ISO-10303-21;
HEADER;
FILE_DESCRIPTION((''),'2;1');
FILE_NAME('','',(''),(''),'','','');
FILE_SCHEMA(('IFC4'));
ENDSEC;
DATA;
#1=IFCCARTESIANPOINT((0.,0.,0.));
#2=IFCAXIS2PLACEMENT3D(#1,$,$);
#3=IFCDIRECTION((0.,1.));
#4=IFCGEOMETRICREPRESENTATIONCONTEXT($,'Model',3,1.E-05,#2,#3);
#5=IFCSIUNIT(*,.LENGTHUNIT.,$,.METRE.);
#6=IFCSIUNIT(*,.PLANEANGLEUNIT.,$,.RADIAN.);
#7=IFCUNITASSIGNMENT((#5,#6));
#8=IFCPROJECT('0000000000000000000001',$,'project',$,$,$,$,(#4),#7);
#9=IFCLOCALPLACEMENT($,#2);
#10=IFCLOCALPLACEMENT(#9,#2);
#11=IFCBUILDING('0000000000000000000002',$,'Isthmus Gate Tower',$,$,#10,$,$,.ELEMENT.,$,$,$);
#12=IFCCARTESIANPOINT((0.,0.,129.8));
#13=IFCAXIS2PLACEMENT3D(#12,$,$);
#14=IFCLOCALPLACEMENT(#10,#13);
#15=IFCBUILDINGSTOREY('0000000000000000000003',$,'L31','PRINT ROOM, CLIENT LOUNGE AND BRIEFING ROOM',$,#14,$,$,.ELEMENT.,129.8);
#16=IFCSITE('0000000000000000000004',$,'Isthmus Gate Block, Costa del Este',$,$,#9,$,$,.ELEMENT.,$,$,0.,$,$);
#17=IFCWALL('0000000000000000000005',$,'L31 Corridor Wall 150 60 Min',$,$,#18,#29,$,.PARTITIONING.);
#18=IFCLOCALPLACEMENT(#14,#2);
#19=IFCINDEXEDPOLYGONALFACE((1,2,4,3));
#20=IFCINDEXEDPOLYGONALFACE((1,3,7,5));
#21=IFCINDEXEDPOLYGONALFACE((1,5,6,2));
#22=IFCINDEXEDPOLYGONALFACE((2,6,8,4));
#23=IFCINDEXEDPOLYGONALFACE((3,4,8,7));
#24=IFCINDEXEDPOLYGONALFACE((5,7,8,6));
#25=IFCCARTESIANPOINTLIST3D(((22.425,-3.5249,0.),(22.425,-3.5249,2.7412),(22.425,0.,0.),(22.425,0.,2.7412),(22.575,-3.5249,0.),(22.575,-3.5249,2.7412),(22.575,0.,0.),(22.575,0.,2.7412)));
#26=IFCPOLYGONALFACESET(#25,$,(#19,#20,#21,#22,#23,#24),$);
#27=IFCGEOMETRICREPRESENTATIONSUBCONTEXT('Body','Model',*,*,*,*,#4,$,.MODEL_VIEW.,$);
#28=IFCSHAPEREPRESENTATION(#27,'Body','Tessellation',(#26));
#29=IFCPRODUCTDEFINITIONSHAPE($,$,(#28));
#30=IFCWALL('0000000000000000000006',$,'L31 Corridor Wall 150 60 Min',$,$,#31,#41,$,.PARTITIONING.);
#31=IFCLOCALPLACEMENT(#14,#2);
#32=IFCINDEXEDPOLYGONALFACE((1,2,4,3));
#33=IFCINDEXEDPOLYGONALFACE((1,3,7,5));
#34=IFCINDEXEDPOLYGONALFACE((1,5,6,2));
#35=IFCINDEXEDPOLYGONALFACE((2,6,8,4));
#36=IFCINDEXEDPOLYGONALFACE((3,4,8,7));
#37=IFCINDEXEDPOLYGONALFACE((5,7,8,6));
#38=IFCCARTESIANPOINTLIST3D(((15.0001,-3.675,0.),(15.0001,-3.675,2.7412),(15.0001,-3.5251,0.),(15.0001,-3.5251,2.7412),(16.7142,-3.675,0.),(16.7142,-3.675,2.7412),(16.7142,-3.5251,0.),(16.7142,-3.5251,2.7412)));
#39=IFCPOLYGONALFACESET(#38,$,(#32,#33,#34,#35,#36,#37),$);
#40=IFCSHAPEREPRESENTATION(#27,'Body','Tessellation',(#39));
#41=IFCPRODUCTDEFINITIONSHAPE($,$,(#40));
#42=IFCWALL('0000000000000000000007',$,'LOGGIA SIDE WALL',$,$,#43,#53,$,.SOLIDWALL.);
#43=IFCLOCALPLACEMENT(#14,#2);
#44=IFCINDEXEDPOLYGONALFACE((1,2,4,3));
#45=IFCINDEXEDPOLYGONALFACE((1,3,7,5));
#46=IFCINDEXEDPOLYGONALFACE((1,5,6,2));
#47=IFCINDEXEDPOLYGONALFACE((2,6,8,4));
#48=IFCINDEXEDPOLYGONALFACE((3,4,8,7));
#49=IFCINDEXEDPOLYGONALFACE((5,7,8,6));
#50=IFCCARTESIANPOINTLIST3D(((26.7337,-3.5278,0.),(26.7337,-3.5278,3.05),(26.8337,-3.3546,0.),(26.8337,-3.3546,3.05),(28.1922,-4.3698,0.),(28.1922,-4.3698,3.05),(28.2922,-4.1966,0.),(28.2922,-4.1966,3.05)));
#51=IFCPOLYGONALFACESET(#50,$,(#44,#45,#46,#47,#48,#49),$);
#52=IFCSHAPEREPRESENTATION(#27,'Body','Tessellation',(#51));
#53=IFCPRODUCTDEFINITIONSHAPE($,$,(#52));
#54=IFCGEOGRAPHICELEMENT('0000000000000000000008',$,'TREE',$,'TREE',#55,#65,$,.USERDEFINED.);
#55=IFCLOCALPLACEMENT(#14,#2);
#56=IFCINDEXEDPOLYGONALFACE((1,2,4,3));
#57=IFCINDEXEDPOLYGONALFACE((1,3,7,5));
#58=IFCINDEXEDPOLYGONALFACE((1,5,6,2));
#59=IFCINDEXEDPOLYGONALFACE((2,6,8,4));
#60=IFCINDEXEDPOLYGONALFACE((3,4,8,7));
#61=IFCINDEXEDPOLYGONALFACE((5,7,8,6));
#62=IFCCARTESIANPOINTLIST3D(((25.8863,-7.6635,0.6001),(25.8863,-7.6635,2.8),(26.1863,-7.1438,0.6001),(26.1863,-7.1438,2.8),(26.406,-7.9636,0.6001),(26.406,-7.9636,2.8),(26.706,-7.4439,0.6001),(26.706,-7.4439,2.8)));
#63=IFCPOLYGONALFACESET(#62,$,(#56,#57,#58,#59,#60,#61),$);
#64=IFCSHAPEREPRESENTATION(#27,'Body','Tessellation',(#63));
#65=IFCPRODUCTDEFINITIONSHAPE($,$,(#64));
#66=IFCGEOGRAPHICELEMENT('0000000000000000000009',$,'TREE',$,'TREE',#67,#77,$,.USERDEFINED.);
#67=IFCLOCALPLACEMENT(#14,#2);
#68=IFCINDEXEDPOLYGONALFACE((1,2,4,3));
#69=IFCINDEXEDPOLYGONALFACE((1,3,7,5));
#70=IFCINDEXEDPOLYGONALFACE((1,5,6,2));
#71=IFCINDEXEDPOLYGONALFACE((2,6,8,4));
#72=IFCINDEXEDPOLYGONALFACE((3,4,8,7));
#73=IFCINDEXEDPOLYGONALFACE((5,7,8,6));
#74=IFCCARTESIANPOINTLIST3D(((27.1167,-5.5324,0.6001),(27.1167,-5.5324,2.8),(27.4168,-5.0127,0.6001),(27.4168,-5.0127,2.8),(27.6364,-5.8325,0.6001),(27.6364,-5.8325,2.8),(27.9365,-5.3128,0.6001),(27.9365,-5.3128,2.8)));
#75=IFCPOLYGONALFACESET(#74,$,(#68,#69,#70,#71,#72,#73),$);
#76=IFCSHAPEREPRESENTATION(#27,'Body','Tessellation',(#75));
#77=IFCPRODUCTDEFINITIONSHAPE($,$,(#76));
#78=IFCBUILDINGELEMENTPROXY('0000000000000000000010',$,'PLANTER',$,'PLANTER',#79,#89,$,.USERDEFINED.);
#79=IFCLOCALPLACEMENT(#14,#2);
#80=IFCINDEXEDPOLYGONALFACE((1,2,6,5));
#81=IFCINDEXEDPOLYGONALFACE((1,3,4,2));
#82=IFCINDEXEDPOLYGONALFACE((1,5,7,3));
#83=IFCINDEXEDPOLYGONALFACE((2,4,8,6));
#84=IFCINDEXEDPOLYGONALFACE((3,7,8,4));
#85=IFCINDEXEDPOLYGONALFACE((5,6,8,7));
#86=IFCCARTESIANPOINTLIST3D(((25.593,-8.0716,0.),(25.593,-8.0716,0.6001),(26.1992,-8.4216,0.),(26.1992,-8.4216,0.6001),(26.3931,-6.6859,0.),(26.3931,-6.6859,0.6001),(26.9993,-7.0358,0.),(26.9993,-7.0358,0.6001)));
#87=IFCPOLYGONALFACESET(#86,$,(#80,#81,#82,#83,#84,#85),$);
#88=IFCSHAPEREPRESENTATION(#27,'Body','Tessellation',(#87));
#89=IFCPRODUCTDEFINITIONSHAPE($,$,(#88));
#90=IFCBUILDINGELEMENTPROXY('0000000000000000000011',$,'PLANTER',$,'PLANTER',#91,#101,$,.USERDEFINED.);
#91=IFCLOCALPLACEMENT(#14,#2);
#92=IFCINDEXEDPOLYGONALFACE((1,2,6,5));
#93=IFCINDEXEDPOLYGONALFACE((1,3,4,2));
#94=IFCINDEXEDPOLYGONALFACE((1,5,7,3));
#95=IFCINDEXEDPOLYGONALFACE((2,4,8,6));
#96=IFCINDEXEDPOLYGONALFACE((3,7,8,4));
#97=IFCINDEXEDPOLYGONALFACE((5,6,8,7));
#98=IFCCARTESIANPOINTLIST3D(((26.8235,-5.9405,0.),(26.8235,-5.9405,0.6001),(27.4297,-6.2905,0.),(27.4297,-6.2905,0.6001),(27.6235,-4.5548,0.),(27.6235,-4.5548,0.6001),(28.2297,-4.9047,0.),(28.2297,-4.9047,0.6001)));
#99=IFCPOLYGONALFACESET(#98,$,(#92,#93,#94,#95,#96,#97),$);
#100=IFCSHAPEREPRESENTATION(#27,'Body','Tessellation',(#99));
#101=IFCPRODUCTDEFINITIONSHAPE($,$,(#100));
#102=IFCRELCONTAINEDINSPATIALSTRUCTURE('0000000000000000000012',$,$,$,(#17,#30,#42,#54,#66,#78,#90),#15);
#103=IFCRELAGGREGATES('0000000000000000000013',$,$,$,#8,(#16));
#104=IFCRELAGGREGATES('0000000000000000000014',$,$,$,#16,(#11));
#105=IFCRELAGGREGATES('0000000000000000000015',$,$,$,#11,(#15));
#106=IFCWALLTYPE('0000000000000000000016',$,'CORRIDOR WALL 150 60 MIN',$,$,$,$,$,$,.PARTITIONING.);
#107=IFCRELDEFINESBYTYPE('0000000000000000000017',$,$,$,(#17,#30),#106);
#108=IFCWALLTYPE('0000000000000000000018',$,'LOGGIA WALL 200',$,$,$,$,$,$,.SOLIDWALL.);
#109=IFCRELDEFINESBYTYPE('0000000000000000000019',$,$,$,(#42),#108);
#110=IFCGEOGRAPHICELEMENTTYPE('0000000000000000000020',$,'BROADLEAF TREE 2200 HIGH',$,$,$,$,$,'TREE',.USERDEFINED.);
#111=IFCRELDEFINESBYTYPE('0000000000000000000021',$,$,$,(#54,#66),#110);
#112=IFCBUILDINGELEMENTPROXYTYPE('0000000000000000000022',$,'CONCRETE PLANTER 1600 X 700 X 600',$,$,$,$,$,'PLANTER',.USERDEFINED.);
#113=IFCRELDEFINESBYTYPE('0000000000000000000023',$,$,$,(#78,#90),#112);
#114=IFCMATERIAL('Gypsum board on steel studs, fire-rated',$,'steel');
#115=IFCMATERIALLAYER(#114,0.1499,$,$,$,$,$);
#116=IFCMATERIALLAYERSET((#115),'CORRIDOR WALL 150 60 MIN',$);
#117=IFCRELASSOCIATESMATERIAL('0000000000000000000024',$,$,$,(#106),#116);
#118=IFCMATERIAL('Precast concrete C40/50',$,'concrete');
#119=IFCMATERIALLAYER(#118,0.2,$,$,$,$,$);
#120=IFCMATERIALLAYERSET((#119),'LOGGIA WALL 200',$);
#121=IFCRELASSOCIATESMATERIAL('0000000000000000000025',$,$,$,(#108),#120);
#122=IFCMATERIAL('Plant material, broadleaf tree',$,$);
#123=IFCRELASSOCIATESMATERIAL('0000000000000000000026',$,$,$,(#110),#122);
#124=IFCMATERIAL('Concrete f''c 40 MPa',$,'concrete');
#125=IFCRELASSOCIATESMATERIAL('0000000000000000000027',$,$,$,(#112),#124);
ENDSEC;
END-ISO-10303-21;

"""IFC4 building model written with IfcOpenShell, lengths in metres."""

from ifc_helpers import new_model, si_unit, direction, frame, frame_2d, origin, origin_2d, place, context, subcontext, project, spatial, rectangle, extrude, material, layer, layer_set, type_object, element, save


model = new_model("IFC4")

# Units and contexts
model_context = context("Model", 3, precision=1e-05, world=origin(), true_north=direction((0.0, 1.0)))
body_context = subcontext(model_context, "Body", "Model", "MODEL_VIEW")
ifc_project = project(units=[si_unit("LENGTHUNIT", "METRE"), si_unit("PLANEANGLEUNIT", "RADIAN")], contexts=[model_context])

# Site, building, storey
site_placement = place(None, origin())
site = spatial("IfcSite", under=ifc_project, at=site_placement, Name="Isthmus Gate Block, Costa del Este", CompositionType="ELEMENT", RefElevation=0.0)
building_placement = place(site_placement, origin())
building = spatial("IfcBuilding", under=site, at=building_placement, Name="Isthmus Gate Tower", CompositionType="ELEMENT")
storey_placement = place(building_placement, frame((0.0, 0.0, 129.8)))
storey = spatial("IfcBuildingStorey", under=building, at=storey_placement, Name="L31", Description="PRINT ROOM, CLIENT LOUNGE AND BRIEFING ROOM", CompositionType="ELEMENT", Elevation=129.8)

# Shared definitions
ifc_material_1 = material(Name="Gypsum board on steel studs, fire-rated", Category="steel")
ifc_layer_1 = layer(ifc_material_1, 0.1499)
ifc_layer_set_1 = layer_set([ifc_layer_1], Name="CORRIDOR WALL 150 60 MIN")
wall_type_1 = type_object("IfcWallType", Name="CORRIDOR WALL 150 60 MIN", PredefinedType="PARTITIONING", material=ifc_layer_set_1)

# Walls
wall_1_placement = place(storey_placement, frame((22.5, 0.0, 0.0), z_axis=(0.0, 0.0, 1.0), x_axis=(0.0, -1.0, 0.0)))
element("IfcWall", 1, at=wall_1_placement, inside=storey, type_object=wall_type_1, Name="L31 Corridor Wall 150 60 Min", PredefinedType="PARTITIONING", context=body_context, shape_type="SweptSolid", body=[
    extrude(rectangle(XDim=3.5249, YDim=0.1499, at=frame_2d((1.7625, 0.0))), origin(), (0.0, 0.0, 1.0), 2.7412),
])
wall_2_placement = place(storey_placement, frame((16.7141, -3.6001, 0.0), z_axis=(0.0, 0.0, 1.0), x_axis=(-1.0, 0.0, 0.0)))
element("IfcWall", 2, at=wall_2_placement, inside=storey, type_object=wall_type_1, Name="L31 Corridor Wall 150 60 Min", PredefinedType="PARTITIONING", context=body_context, shape_type="SweptSolid", body=[
    extrude(rectangle(XDim=1.7141, YDim=0.1499, at=frame_2d((0.8569, 0.0))), origin(), (0.0, 0.0, 1.0), 2.7412),
])

# Shared definitions
ifc_material_2 = material(Name="Precast concrete C40/50", Category="concrete")
ifc_layer_2 = layer(ifc_material_2, 0.2)
ifc_layer_set_2 = layer_set([ifc_layer_2], Name="LOGGIA WALL 200")
wall_type_2 = type_object("IfcWallType", Name="LOGGIA WALL 200", PredefinedType="SOLIDWALL", material=ifc_layer_set_2)

# Wall
wall_3_placement = place(storey_placement, frame((28.2422, -4.2832, 0.0), z_axis=(0.0, 0.0, 1.0), x_axis=(-0.866031, 0.49999, 0.0)))
element("IfcWall", 3, at=wall_3_placement, inside=storey, type_object=wall_type_2, Name="LOGGIA SIDE WALL", PredefinedType="SOLIDWALL", context=body_context, shape_type="SweptSolid", body=[
    extrude(rectangle(XDim=1.6841, YDim=0.2, at=frame_2d((0.842, 0.0))), origin(), (0.0, 0.0, 1.0), 3.05),
])

# Geographic elements
ifc_material_3 = material(Name="Plant material, broadleaf tree")
geographic_element_type = type_object("IfcGeographicElementType", Name="BROADLEAF TREE 2200 HIGH", ElementType="TREE", PredefinedType="USERDEFINED", material=ifc_material_3)
for number, where, z_axis, x_axis, name in (
    (4, (26.2961, -7.5537, 0.6001), (0.0, 0.0, 1.0), (0.5, 0.866025, 0.0), "TREE"),
    (5, (27.5266, -5.4226, 0.6001), (0.0, 0.0, 1.0), (0.5, 0.866025, 0.0), "TREE"),
):
    element("IfcGeographicElement", number, at=place(storey_placement, frame(where, z_axis=z_axis, x_axis=x_axis)), inside=storey, type_object=geographic_element_type, Name=name, ObjectType="TREE", PredefinedType="USERDEFINED", context=body_context, shape_type="SweptSolid", body=[
        extrude(rectangle(XDim=0.6001, YDim=0.6001, at=origin_2d()), origin(), (0.0, 0.0, 1.0), 2.2),
    ])

# Building element proxies
ifc_material_4 = material(Name="Concrete f'c 40 MPa", Category="concrete")
building_element_proxy_type = type_object("IfcBuildingElementProxyType", Name="CONCRETE PLANTER 1600 X 700 X 600", ElementType="PLANTER", PredefinedType="USERDEFINED", material=ifc_material_4)
for number, where, z_axis, x_axis, name in (
    (6, (26.2961, -7.5537, 0.0), (0.0, 0.0, 1.0), (0.5, 0.866025, 0.0), "PLANTER"),
    (7, (27.5266, -5.4226, 0.0), (0.0, 0.0, 1.0), (0.5, 0.866025, 0.0), "PLANTER"),
):
    element("IfcBuildingElementProxy", number, at=place(storey_placement, frame(where, z_axis=z_axis, x_axis=x_axis)), inside=storey, type_object=building_element_proxy_type, Name=name, ObjectType="PLANTER", PredefinedType="USERDEFINED", context=body_context, shape_type="SweptSolid", body=[
        extrude(rectangle(XDim=1.6001, YDim=0.7, at=origin_2d()), origin(), (0.0, 0.0, 1.0), 0.6001),
    ])

save(model, "model.ifc")
